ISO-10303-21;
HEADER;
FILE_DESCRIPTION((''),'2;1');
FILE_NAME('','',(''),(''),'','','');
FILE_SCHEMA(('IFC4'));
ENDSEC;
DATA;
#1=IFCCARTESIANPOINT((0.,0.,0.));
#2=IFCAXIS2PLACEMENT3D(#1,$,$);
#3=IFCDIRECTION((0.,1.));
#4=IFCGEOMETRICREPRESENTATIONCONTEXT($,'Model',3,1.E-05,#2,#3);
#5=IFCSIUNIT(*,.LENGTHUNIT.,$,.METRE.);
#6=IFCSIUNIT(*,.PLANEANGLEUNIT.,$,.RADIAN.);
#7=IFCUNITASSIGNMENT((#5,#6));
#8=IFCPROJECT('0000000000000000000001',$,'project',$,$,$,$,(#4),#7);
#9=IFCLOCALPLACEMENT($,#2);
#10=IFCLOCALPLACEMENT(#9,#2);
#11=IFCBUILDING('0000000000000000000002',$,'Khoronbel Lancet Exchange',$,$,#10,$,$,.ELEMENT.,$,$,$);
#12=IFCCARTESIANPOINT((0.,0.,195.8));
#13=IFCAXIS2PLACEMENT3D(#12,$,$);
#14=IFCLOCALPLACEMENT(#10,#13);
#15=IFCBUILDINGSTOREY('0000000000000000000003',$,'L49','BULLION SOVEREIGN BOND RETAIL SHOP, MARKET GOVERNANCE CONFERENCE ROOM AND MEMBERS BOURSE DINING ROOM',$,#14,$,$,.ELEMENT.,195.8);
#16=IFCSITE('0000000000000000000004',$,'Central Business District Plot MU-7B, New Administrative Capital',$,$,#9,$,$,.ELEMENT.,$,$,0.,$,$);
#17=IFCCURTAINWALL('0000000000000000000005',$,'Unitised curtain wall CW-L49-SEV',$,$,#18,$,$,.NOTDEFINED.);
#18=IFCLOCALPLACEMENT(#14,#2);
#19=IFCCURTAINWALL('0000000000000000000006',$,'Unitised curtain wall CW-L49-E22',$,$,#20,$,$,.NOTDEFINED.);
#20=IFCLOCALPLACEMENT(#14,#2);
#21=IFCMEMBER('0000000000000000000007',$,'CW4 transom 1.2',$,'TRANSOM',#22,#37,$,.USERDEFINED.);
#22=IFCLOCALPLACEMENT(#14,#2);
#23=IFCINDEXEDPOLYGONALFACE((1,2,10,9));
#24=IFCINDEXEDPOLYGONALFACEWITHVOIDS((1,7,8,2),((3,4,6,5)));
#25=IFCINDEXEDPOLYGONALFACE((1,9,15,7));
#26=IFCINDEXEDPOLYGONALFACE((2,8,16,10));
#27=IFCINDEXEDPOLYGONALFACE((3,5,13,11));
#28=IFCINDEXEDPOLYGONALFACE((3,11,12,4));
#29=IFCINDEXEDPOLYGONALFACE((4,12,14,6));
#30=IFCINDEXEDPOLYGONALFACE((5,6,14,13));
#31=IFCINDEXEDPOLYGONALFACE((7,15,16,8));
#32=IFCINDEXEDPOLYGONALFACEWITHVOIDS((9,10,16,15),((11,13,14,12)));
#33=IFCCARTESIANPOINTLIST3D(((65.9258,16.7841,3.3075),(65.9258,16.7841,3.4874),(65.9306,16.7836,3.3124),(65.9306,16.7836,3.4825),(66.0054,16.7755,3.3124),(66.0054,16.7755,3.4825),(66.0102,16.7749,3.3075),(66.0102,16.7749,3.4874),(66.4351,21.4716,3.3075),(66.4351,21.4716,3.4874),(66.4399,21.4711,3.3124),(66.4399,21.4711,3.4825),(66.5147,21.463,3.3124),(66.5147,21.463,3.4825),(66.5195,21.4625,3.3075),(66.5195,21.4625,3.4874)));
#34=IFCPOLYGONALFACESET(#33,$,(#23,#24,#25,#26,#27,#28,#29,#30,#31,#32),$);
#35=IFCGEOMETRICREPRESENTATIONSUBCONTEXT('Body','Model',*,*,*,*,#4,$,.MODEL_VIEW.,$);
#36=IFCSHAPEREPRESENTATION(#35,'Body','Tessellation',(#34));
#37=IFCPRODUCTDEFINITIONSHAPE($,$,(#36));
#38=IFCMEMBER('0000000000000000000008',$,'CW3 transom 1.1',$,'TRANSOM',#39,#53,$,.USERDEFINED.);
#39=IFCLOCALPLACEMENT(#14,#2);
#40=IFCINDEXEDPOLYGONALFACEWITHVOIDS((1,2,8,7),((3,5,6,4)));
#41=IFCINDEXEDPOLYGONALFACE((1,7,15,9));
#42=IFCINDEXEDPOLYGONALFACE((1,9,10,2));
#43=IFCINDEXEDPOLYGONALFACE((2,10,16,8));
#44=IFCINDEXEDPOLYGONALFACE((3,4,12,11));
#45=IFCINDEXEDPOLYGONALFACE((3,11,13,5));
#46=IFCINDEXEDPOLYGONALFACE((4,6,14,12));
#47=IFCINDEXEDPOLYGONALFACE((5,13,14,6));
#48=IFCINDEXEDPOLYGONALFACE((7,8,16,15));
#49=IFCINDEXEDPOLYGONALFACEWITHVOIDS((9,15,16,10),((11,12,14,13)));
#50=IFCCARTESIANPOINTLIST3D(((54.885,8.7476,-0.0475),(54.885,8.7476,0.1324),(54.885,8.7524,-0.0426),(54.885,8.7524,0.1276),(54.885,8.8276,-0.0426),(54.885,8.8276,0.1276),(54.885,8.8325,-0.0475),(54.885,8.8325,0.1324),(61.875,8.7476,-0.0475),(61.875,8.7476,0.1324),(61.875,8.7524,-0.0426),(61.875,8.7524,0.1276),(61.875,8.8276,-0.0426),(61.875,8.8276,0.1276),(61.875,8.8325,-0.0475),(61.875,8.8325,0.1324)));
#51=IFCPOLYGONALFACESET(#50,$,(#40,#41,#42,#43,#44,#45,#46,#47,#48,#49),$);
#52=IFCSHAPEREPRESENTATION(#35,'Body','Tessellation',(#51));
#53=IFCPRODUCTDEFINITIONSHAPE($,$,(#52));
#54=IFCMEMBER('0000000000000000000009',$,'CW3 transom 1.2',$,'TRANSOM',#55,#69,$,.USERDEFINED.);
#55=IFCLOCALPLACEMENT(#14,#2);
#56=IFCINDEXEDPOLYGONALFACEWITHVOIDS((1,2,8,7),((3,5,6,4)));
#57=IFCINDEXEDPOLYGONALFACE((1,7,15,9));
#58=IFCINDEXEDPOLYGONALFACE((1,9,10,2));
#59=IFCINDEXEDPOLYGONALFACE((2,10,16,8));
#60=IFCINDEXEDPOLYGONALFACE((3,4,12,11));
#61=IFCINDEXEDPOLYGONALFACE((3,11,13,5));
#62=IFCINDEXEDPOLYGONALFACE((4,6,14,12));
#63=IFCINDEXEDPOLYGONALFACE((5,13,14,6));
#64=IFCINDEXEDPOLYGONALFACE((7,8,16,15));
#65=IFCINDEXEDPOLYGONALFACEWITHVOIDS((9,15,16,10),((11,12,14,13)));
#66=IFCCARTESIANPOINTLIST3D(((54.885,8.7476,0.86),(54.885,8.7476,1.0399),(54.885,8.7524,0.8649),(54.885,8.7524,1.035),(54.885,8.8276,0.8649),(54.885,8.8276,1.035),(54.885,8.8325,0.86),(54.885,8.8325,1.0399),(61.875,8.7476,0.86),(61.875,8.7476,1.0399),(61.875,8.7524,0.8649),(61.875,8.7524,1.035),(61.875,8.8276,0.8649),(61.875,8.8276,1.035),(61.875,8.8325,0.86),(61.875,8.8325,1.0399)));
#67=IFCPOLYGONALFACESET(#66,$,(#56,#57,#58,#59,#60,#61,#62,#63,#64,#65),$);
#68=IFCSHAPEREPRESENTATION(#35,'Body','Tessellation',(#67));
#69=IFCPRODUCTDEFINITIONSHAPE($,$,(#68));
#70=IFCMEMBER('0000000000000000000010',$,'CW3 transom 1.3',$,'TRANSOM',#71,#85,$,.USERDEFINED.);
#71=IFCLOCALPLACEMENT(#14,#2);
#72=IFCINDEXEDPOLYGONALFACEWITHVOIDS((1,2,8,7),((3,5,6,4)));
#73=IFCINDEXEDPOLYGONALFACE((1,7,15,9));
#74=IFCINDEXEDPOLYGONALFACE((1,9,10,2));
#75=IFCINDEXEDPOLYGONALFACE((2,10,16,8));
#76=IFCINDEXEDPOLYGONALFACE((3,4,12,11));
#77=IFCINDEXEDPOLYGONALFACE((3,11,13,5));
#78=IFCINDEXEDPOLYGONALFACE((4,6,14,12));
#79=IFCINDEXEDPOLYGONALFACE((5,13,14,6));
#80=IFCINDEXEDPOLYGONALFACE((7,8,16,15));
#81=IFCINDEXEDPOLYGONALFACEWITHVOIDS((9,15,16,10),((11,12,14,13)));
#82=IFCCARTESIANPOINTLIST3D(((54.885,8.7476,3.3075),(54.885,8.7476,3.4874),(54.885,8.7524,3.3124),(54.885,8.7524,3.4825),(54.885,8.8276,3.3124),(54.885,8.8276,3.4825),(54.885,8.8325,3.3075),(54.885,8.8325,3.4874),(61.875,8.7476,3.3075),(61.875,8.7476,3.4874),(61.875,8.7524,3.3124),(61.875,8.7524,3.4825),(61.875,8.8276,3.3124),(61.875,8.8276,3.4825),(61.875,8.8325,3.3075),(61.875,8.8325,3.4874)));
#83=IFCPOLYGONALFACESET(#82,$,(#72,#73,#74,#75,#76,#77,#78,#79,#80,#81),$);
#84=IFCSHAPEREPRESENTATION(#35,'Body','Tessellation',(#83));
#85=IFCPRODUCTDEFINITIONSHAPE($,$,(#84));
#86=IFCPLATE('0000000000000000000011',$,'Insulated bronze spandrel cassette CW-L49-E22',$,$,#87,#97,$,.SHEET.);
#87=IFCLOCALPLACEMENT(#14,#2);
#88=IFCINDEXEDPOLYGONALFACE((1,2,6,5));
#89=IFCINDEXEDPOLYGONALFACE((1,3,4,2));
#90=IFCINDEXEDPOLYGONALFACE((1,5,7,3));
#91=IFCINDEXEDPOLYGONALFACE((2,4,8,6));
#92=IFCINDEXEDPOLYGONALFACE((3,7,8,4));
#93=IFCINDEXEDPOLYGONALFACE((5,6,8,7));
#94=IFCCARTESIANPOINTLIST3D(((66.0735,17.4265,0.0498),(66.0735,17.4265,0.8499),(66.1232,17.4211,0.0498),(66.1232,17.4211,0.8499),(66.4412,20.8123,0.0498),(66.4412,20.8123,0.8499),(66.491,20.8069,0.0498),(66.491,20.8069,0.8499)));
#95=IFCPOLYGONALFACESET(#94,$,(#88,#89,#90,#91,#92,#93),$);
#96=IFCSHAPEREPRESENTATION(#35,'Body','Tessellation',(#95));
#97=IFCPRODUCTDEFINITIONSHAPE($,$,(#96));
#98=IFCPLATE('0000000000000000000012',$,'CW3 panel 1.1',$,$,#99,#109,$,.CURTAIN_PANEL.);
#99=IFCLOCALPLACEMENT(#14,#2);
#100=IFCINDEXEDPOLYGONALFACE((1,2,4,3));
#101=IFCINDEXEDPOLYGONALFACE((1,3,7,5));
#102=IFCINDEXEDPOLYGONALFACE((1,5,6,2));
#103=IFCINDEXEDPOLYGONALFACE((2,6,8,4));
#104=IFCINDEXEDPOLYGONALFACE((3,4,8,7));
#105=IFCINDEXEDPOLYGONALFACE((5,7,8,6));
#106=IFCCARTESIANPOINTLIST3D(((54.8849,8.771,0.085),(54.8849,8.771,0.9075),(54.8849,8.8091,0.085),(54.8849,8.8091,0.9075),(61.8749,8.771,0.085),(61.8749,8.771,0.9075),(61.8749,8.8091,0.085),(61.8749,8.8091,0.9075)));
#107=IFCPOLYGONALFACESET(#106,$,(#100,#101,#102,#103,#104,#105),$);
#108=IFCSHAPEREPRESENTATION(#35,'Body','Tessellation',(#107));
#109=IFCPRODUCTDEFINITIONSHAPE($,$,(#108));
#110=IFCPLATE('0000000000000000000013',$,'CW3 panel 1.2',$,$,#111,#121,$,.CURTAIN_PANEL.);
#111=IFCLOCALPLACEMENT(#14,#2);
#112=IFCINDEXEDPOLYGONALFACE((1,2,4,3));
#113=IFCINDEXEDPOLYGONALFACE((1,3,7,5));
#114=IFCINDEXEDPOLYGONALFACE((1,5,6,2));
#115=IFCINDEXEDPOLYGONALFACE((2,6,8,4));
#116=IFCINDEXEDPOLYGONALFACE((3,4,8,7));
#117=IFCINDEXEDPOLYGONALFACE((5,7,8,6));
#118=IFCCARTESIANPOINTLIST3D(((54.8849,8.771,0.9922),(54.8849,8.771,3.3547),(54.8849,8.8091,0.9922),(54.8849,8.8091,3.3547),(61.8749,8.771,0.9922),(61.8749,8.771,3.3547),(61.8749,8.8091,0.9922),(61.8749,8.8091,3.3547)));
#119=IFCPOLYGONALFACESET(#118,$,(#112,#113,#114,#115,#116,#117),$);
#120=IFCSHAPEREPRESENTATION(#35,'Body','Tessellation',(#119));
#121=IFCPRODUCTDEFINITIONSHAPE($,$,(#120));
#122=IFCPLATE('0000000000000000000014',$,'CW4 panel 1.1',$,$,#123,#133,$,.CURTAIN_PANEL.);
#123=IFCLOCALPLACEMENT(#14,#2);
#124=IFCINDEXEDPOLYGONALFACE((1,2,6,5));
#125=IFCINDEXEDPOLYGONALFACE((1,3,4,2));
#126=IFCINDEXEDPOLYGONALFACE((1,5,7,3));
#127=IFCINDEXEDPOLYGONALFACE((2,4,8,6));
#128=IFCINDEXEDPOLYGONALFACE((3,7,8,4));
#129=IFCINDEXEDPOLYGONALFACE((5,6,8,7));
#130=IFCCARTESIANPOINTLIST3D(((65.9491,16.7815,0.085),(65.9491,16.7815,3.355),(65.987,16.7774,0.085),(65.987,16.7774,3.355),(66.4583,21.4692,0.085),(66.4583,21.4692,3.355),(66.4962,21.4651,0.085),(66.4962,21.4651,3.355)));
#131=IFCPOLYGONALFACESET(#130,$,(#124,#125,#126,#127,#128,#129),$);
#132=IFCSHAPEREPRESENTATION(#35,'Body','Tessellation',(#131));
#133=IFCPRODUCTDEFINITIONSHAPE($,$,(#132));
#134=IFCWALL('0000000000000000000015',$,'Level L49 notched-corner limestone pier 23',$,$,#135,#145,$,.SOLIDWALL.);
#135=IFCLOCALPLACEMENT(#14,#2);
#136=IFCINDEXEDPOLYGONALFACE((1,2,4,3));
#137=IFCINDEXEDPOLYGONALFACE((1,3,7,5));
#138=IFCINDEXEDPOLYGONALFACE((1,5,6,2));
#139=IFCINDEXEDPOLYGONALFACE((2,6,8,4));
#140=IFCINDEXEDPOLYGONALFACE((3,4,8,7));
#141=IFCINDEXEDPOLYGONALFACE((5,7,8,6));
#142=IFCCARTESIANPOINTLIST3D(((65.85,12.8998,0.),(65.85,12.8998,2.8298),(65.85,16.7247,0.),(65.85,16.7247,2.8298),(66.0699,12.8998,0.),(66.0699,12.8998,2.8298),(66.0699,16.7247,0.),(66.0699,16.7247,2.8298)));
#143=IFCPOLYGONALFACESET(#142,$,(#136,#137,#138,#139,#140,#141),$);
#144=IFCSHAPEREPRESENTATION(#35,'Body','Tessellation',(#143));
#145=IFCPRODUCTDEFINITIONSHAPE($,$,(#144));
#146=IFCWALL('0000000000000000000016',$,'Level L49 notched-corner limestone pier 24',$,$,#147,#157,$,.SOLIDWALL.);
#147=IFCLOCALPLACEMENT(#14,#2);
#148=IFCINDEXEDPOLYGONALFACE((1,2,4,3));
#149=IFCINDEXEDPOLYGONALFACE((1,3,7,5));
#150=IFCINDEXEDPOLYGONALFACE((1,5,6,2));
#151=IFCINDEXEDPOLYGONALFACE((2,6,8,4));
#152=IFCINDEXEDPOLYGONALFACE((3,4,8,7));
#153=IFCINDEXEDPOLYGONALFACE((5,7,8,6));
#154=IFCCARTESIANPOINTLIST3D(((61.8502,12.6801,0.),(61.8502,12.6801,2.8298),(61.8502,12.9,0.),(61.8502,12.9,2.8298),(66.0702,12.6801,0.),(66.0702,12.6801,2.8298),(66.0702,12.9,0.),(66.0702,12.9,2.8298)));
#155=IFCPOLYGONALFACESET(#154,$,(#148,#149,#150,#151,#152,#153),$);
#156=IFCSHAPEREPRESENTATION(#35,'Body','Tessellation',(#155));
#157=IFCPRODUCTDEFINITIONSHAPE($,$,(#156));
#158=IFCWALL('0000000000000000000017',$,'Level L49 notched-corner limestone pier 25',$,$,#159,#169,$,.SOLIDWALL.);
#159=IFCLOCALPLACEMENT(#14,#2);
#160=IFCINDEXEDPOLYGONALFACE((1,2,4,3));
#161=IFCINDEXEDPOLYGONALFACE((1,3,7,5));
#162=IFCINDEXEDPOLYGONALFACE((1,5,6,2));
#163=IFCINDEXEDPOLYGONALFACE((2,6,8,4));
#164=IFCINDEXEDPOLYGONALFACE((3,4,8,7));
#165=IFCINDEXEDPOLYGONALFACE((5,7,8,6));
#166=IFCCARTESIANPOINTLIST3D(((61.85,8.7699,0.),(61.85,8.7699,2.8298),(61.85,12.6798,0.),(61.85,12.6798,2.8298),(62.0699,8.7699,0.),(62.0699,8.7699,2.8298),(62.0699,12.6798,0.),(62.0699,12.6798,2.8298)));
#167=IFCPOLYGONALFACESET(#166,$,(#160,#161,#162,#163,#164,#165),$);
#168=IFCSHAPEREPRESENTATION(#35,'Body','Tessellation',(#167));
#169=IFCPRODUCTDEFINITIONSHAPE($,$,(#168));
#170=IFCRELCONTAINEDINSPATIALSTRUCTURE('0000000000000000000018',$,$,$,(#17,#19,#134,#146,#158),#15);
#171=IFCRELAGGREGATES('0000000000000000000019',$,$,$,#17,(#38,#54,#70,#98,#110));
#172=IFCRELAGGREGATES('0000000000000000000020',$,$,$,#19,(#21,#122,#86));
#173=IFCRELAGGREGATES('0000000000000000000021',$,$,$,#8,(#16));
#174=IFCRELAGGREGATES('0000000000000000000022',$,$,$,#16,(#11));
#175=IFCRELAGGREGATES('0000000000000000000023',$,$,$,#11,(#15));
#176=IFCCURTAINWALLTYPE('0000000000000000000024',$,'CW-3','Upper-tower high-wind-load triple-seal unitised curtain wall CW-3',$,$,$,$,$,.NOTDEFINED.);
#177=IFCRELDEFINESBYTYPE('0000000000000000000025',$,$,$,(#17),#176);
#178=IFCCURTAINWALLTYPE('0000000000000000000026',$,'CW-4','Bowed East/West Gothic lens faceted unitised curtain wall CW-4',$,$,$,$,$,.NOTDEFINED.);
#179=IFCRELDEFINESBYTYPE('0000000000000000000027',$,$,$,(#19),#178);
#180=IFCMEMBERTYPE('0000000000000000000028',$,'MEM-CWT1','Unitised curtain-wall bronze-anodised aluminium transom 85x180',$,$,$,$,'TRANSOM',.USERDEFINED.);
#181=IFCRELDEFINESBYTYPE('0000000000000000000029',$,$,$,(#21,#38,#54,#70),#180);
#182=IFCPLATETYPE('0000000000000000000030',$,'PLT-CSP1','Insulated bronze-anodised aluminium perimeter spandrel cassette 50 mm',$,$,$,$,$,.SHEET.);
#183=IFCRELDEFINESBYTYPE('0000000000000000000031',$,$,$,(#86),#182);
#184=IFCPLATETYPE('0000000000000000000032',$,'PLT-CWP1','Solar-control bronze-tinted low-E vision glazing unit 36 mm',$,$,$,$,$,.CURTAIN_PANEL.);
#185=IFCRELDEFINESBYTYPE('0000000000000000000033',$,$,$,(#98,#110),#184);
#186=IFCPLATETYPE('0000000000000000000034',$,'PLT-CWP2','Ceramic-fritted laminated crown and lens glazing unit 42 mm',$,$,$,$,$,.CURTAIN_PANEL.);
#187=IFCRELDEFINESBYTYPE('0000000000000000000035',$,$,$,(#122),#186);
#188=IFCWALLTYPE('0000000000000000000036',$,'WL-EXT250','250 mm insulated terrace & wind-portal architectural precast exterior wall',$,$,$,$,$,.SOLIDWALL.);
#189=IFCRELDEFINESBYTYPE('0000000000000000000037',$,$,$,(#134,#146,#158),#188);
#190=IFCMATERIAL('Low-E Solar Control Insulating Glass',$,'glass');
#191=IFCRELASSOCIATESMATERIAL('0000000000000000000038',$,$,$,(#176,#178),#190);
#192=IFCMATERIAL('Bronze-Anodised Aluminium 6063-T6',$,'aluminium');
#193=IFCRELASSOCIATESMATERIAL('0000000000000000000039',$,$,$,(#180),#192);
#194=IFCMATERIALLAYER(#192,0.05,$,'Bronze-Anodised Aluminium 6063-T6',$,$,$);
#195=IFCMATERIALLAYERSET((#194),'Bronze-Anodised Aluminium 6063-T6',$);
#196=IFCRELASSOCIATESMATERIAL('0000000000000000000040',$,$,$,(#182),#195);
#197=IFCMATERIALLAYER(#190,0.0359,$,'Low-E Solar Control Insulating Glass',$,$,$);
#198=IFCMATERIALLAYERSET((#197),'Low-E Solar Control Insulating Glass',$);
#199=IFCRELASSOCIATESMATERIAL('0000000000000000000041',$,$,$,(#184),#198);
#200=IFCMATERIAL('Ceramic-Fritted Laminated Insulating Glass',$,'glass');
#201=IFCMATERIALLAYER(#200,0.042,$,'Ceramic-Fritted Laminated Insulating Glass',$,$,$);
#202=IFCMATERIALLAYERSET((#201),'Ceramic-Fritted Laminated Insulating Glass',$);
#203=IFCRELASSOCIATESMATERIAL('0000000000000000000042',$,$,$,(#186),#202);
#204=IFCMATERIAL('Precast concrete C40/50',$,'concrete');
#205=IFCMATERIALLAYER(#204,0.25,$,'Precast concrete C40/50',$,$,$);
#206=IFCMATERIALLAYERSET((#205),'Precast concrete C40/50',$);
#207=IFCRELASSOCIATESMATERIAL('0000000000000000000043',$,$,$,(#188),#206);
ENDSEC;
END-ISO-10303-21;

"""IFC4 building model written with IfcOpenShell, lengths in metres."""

from ifc_helpers import new_model, si_unit, direction, frame, frame_2d, origin, origin_2d, place, context, subcontext, project, spatial, rectangle, hollow_rectangle, extrude, material, layer, layer_set, material_profile, profile_set, type_object, element, aggregate, save


model = new_model("IFC4")

# Units and contexts
model_context = context("Model", 3, precision=1e-05, world=origin(), true_north=direction((0.0, 1.0)))
body_context = subcontext(model_context, "Body", "Model", "MODEL_VIEW")
ifc_project = project(units=[si_unit("LENGTHUNIT", "METRE"), si_unit("PLANEANGLEUNIT", "RADIAN")], contexts=[model_context])

# Site, building, storey
site_placement = place(None, origin())
site = spatial("IfcSite", under=ifc_project, at=site_placement, Name="Central Business District Plot MU-7B, New Administrative Capital", CompositionType="ELEMENT", RefElevation=0.0)
building_placement = place(site_placement, origin())
building = spatial("IfcBuilding", under=site, at=building_placement, Name="Khoronbel Lancet Exchange", CompositionType="ELEMENT")
storey_placement = place(building_placement, frame((0.0, 0.0, 195.8)))
storey = spatial("IfcBuildingStorey", under=building, at=storey_placement, Name="L49", Description="BULLION SOVEREIGN BOND RETAIL SHOP, MARKET GOVERNANCE CONFERENCE ROOM AND MEMBERS BOURSE DINING ROOM", CompositionType="ELEMENT", Elevation=195.8)

# Shared definitions
ifc_material_1 = material(Name="Low-E Solar Control Insulating Glass", Category="glass")
curtain_wall_type_1 = type_object("IfcCurtainWallType", Name="CW-3", Description="Upper-tower high-wind-load triple-seal unitised curtain wall CW-3", PredefinedType="NOTDEFINED", material=ifc_material_1)
ifc_material_2 = material(Name="Bronze-Anodised Aluminium 6063-T6", Category="aluminium")

# Curtain walls, member
curtain_wall_1_placement = place(storey_placement, origin())
curtain_wall_1 = element("IfcCurtainWall", 1, at=curtain_wall_1_placement, inside=storey, type_object=curtain_wall_type_1, Name="Unitised curtain wall CW-L49-SEV", PredefinedType="NOTDEFINED")
curtain_wall_type_2 = type_object("IfcCurtainWallType", Name="CW-4", Description="Bowed East/West Gothic lens faceted unitised curtain wall CW-4", PredefinedType="NOTDEFINED", material=ifc_material_1)
curtain_wall_2_placement = place(storey_placement, origin())
curtain_wall_2 = element("IfcCurtainWall", 2, at=curtain_wall_2_placement, inside=storey, type_object=curtain_wall_type_2, Name="Unitised curtain wall CW-L49-E22", PredefinedType="NOTDEFINED")
ifc_material_profile_1 = material_profile(ifc_material_2, hollow_rectangle(XDim=0.085, YDim=0.1799, WallThickness=0.0049, at=origin_2d()), Name="ALU TRANSOM 85x180")
ifc_profile_set_1 = profile_set([ifc_material_profile_1], Name="Bronze-Anodised Aluminium 6063-T6")
member_type_1 = type_object("IfcMemberType", Name="MEM-CWT1", Description="Unitised curtain-wall bronze-anodised aluminium transom 85x180", ElementType="TRANSOM", PredefinedType="USERDEFINED", material=ifc_profile_set_1)
member_1_placement = place(storey_placement, frame((66.4773, 21.467, 3.3975), z_axis=(-0.10801, -0.99415, 0.0), x_axis=(0.99415, -0.10801, 0.0)))
member_1 = element("IfcMember", 3, at=member_1_placement, type_object=member_type_1, Name="CW4 transom 1.2", ObjectType="TRANSOM", PredefinedType="USERDEFINED", context=body_context, shape_type="SweptSolid", body=[
    extrude(hollow_rectangle(XDim=0.085, YDim=0.1799, WallThickness=0.0049, at=origin_2d()), origin(), (0.0, 0.0, 1.0), 4.7151),
])

# Members
member_2_placement = place(storey_placement, frame((54.885, 8.79, 0.0425), z_axis=(1.0, 0.0, 0.0), x_axis=(0.0, 1.0, 0.0)))
member_2 = element("IfcMember", 4, at=member_2_placement, type_object=member_type_1, Name="CW3 transom 1.1", ObjectType="TRANSOM", PredefinedType="USERDEFINED", context=body_context, shape_type="SweptSolid", body=[
    extrude(hollow_rectangle(XDim=0.085, YDim=0.1799, WallThickness=0.0049, at=origin_2d()), origin(), (0.0, 0.0, 1.0), 6.99),
])
member_3_placement = place(storey_placement, frame((54.885, 8.79, 0.95), z_axis=(1.0, 0.0, 0.0), x_axis=(0.0, 1.0, 0.0)))
member_3 = element("IfcMember", 5, at=member_3_placement, type_object=member_type_1, Name="CW3 transom 1.2", ObjectType="TRANSOM", PredefinedType="USERDEFINED", context=body_context, shape_type="SweptSolid", body=[
    extrude(hollow_rectangle(XDim=0.085, YDim=0.1799, WallThickness=0.0049, at=origin_2d()), origin(), (0.0, 0.0, 1.0), 6.99),
])
member_4_placement = place(storey_placement, frame((54.885, 8.79, 3.3975), z_axis=(1.0, 0.0, 0.0), x_axis=(0.0, 1.0, 0.0)))
member_4 = element("IfcMember", 6, at=member_4_placement, type_object=member_type_1, Name="CW3 transom 1.3", ObjectType="TRANSOM", PredefinedType="USERDEFINED", context=body_context, shape_type="SweptSolid", body=[
    extrude(hollow_rectangle(XDim=0.085, YDim=0.1799, WallThickness=0.0049, at=origin_2d()), origin(), (0.0, 0.0, 1.0), 6.99),
])

# Plates
ifc_layer_1 = layer(ifc_material_2, 0.05, Name="Bronze-Anodised Aluminium 6063-T6")
ifc_layer_set_1 = layer_set([ifc_layer_1], Name="Bronze-Anodised Aluminium 6063-T6")
plate_type_1 = type_object("IfcPlateType", Name="PLT-CSP1", Description="Insulated bronze-anodised aluminium perimeter spandrel cassette 50 mm", PredefinedType="SHEET", material=ifc_layer_set_1)
plate_1_placement = place(storey_placement, frame((66.2822, 19.1167, 0.0498), z_axis=(0.0, 0.0, 1.0), x_axis=(-0.10799, -0.994152, 0.0)))
plate_1 = element("IfcPlate", 7, at=plate_1_placement, type_object=plate_type_1, Name="Insulated bronze spandrel cassette CW-L49-E22", PredefinedType="SHEET", context=body_context, shape_type="SweptSolid", body=[
    extrude(rectangle(XDim=3.4058, YDim=0.05, at=origin_2d()), origin(), (0.0, 0.0, 1.0), 0.8),
])
ifc_layer_2 = layer(ifc_material_1, 0.0359, Name="Low-E Solar Control Insulating Glass")
ifc_layer_set_2 = layer_set([ifc_layer_2], Name="Low-E Solar Control Insulating Glass")
plate_type_2 = type_object("IfcPlateType", Name="PLT-CWP1", Description="Solar-control bronze-tinted low-E vision glazing unit 36 mm", PredefinedType="CURTAIN_PANEL", material=ifc_layer_set_2)
plate_2_placement = place(storey_placement, frame((58.3799, 8.79, 0.085), z_axis=(0.0, 0.0, 1.0), x_axis=(1.0, 0.0, 0.0)))
plate_2 = element("IfcPlate", 8, at=plate_2_placement, type_object=plate_type_2, Name="CW3 panel 1.1", PredefinedType="CURTAIN_PANEL", context=body_context, shape_type="SweptSolid", body=[
    extrude(rectangle(XDim=6.99, YDim=0.0381, at=origin_2d()), origin(), (0.0, 0.0, 1.0), 0.8225),
])
plate_3_placement = place(storey_placement, frame((58.3799, 8.79, 0.9922), z_axis=(0.0, 0.0, 1.0), x_axis=(1.0, 0.0, 0.0)))
plate_3 = element("IfcPlate", 9, at=plate_3_placement, type_object=plate_type_2, Name="CW3 panel 1.2", PredefinedType="CURTAIN_PANEL", context=body_context, shape_type="SweptSolid", body=[
    extrude(rectangle(XDim=6.99, YDim=0.0381, at=origin_2d()), origin(), (0.0, 0.0, 1.0), 2.3625),
])
aggregate(curtain_wall_1, [member_2, member_3, member_4, plate_2, plate_3])
ifc_material_3 = material(Name="Ceramic-Fritted Laminated Insulating Glass", Category="glass")
ifc_layer_3 = layer(ifc_material_3, 0.042, Name="Ceramic-Fritted Laminated Insulating Glass")
ifc_layer_set_3 = layer_set([ifc_layer_3], Name="Ceramic-Fritted Laminated Insulating Glass")
plate_type_3 = type_object("IfcPlateType", Name="PLT-CWP2", Description="Ceramic-fritted laminated crown and lens glazing unit 42 mm", PredefinedType="CURTAIN_PANEL", material=ifc_layer_set_3)
plate_4_placement = place(storey_placement, frame((66.2227, 19.1233, 0.085), z_axis=(0.0, 0.0, 1.0), x_axis=(-0.10799, -0.994152, 0.0)))
plate_4 = element("IfcPlate", 10, at=plate_4_placement, type_object=plate_type_3, Name="CW4 panel 1.1", PredefinedType="CURTAIN_PANEL", context=body_context, shape_type="SweptSolid", body=[
    extrude(rectangle(XDim=4.7153, YDim=0.0381, at=origin_2d()), origin(), (0.0, 0.0, 1.0), 3.27),
])
aggregate(curtain_wall_2, [member_1, plate_4, plate_1])

# Walls
ifc_material_4 = material(Name="Precast concrete C40/50", Category="concrete")
ifc_layer_4 = layer(ifc_material_4, 0.25, Name="Precast concrete C40/50")
ifc_layer_set_4 = layer_set([ifc_layer_4], Name="Precast concrete C40/50")
wall_type_1 = type_object("IfcWallType", Name="WL-EXT250", Description="250 mm insulated terrace & wind-portal architectural precast exterior wall", PredefinedType="SOLIDWALL", material=ifc_layer_set_4)
wall_1_placement = place(storey_placement, frame((65.96, 16.7249, 0.0), z_axis=(0.0, 0.0, 1.0), x_axis=(0.0, -1.0, 0.0)))
element("IfcWall", 11, at=wall_1_placement, inside=storey, type_object=wall_type_1, Name="Level L49 notched-corner limestone pier 23", PredefinedType="SOLIDWALL", context=body_context, shape_type="SweptSolid", body=[
    extrude(rectangle(XDim=3.825, YDim=0.22, at=frame_2d((1.9126, 0.0))), origin(), (0.0, 0.0, 1.0), 2.8298),
])
wall_2_placement = place(storey_placement, frame((66.0701, 12.79, 0.0), z_axis=(0.0, 0.0, 1.0), x_axis=(-1.0, 0.0, 0.0)))
element("IfcWall", 12, at=wall_2_placement, inside=storey, type_object=wall_type_1, Name="Level L49 notched-corner limestone pier 24", PredefinedType="SOLIDWALL", context=body_context, shape_type="SweptSolid", body=[
    extrude(rectangle(XDim=4.22, YDim=0.22, at=frame_2d((2.1099, 0.0))), origin(), (0.0, 0.0, 1.0), 2.8298),
])
wall_3_placement = place(storey_placement, frame((61.96, 12.6799, 0.0), z_axis=(0.0, 0.0, 1.0), x_axis=(0.0, -1.0, 0.0)))
element("IfcWall", 13, at=wall_3_placement, inside=storey, type_object=wall_type_1, Name="Level L49 notched-corner limestone pier 25", PredefinedType="SOLIDWALL", context=body_context, shape_type="SweptSolid", body=[
    extrude(rectangle(XDim=3.9099, YDim=0.22, at=frame_2d((1.9551, 0.0))), origin(), (0.0, 0.0, 1.0), 2.8298),
])

save(model, "model.ifc")
